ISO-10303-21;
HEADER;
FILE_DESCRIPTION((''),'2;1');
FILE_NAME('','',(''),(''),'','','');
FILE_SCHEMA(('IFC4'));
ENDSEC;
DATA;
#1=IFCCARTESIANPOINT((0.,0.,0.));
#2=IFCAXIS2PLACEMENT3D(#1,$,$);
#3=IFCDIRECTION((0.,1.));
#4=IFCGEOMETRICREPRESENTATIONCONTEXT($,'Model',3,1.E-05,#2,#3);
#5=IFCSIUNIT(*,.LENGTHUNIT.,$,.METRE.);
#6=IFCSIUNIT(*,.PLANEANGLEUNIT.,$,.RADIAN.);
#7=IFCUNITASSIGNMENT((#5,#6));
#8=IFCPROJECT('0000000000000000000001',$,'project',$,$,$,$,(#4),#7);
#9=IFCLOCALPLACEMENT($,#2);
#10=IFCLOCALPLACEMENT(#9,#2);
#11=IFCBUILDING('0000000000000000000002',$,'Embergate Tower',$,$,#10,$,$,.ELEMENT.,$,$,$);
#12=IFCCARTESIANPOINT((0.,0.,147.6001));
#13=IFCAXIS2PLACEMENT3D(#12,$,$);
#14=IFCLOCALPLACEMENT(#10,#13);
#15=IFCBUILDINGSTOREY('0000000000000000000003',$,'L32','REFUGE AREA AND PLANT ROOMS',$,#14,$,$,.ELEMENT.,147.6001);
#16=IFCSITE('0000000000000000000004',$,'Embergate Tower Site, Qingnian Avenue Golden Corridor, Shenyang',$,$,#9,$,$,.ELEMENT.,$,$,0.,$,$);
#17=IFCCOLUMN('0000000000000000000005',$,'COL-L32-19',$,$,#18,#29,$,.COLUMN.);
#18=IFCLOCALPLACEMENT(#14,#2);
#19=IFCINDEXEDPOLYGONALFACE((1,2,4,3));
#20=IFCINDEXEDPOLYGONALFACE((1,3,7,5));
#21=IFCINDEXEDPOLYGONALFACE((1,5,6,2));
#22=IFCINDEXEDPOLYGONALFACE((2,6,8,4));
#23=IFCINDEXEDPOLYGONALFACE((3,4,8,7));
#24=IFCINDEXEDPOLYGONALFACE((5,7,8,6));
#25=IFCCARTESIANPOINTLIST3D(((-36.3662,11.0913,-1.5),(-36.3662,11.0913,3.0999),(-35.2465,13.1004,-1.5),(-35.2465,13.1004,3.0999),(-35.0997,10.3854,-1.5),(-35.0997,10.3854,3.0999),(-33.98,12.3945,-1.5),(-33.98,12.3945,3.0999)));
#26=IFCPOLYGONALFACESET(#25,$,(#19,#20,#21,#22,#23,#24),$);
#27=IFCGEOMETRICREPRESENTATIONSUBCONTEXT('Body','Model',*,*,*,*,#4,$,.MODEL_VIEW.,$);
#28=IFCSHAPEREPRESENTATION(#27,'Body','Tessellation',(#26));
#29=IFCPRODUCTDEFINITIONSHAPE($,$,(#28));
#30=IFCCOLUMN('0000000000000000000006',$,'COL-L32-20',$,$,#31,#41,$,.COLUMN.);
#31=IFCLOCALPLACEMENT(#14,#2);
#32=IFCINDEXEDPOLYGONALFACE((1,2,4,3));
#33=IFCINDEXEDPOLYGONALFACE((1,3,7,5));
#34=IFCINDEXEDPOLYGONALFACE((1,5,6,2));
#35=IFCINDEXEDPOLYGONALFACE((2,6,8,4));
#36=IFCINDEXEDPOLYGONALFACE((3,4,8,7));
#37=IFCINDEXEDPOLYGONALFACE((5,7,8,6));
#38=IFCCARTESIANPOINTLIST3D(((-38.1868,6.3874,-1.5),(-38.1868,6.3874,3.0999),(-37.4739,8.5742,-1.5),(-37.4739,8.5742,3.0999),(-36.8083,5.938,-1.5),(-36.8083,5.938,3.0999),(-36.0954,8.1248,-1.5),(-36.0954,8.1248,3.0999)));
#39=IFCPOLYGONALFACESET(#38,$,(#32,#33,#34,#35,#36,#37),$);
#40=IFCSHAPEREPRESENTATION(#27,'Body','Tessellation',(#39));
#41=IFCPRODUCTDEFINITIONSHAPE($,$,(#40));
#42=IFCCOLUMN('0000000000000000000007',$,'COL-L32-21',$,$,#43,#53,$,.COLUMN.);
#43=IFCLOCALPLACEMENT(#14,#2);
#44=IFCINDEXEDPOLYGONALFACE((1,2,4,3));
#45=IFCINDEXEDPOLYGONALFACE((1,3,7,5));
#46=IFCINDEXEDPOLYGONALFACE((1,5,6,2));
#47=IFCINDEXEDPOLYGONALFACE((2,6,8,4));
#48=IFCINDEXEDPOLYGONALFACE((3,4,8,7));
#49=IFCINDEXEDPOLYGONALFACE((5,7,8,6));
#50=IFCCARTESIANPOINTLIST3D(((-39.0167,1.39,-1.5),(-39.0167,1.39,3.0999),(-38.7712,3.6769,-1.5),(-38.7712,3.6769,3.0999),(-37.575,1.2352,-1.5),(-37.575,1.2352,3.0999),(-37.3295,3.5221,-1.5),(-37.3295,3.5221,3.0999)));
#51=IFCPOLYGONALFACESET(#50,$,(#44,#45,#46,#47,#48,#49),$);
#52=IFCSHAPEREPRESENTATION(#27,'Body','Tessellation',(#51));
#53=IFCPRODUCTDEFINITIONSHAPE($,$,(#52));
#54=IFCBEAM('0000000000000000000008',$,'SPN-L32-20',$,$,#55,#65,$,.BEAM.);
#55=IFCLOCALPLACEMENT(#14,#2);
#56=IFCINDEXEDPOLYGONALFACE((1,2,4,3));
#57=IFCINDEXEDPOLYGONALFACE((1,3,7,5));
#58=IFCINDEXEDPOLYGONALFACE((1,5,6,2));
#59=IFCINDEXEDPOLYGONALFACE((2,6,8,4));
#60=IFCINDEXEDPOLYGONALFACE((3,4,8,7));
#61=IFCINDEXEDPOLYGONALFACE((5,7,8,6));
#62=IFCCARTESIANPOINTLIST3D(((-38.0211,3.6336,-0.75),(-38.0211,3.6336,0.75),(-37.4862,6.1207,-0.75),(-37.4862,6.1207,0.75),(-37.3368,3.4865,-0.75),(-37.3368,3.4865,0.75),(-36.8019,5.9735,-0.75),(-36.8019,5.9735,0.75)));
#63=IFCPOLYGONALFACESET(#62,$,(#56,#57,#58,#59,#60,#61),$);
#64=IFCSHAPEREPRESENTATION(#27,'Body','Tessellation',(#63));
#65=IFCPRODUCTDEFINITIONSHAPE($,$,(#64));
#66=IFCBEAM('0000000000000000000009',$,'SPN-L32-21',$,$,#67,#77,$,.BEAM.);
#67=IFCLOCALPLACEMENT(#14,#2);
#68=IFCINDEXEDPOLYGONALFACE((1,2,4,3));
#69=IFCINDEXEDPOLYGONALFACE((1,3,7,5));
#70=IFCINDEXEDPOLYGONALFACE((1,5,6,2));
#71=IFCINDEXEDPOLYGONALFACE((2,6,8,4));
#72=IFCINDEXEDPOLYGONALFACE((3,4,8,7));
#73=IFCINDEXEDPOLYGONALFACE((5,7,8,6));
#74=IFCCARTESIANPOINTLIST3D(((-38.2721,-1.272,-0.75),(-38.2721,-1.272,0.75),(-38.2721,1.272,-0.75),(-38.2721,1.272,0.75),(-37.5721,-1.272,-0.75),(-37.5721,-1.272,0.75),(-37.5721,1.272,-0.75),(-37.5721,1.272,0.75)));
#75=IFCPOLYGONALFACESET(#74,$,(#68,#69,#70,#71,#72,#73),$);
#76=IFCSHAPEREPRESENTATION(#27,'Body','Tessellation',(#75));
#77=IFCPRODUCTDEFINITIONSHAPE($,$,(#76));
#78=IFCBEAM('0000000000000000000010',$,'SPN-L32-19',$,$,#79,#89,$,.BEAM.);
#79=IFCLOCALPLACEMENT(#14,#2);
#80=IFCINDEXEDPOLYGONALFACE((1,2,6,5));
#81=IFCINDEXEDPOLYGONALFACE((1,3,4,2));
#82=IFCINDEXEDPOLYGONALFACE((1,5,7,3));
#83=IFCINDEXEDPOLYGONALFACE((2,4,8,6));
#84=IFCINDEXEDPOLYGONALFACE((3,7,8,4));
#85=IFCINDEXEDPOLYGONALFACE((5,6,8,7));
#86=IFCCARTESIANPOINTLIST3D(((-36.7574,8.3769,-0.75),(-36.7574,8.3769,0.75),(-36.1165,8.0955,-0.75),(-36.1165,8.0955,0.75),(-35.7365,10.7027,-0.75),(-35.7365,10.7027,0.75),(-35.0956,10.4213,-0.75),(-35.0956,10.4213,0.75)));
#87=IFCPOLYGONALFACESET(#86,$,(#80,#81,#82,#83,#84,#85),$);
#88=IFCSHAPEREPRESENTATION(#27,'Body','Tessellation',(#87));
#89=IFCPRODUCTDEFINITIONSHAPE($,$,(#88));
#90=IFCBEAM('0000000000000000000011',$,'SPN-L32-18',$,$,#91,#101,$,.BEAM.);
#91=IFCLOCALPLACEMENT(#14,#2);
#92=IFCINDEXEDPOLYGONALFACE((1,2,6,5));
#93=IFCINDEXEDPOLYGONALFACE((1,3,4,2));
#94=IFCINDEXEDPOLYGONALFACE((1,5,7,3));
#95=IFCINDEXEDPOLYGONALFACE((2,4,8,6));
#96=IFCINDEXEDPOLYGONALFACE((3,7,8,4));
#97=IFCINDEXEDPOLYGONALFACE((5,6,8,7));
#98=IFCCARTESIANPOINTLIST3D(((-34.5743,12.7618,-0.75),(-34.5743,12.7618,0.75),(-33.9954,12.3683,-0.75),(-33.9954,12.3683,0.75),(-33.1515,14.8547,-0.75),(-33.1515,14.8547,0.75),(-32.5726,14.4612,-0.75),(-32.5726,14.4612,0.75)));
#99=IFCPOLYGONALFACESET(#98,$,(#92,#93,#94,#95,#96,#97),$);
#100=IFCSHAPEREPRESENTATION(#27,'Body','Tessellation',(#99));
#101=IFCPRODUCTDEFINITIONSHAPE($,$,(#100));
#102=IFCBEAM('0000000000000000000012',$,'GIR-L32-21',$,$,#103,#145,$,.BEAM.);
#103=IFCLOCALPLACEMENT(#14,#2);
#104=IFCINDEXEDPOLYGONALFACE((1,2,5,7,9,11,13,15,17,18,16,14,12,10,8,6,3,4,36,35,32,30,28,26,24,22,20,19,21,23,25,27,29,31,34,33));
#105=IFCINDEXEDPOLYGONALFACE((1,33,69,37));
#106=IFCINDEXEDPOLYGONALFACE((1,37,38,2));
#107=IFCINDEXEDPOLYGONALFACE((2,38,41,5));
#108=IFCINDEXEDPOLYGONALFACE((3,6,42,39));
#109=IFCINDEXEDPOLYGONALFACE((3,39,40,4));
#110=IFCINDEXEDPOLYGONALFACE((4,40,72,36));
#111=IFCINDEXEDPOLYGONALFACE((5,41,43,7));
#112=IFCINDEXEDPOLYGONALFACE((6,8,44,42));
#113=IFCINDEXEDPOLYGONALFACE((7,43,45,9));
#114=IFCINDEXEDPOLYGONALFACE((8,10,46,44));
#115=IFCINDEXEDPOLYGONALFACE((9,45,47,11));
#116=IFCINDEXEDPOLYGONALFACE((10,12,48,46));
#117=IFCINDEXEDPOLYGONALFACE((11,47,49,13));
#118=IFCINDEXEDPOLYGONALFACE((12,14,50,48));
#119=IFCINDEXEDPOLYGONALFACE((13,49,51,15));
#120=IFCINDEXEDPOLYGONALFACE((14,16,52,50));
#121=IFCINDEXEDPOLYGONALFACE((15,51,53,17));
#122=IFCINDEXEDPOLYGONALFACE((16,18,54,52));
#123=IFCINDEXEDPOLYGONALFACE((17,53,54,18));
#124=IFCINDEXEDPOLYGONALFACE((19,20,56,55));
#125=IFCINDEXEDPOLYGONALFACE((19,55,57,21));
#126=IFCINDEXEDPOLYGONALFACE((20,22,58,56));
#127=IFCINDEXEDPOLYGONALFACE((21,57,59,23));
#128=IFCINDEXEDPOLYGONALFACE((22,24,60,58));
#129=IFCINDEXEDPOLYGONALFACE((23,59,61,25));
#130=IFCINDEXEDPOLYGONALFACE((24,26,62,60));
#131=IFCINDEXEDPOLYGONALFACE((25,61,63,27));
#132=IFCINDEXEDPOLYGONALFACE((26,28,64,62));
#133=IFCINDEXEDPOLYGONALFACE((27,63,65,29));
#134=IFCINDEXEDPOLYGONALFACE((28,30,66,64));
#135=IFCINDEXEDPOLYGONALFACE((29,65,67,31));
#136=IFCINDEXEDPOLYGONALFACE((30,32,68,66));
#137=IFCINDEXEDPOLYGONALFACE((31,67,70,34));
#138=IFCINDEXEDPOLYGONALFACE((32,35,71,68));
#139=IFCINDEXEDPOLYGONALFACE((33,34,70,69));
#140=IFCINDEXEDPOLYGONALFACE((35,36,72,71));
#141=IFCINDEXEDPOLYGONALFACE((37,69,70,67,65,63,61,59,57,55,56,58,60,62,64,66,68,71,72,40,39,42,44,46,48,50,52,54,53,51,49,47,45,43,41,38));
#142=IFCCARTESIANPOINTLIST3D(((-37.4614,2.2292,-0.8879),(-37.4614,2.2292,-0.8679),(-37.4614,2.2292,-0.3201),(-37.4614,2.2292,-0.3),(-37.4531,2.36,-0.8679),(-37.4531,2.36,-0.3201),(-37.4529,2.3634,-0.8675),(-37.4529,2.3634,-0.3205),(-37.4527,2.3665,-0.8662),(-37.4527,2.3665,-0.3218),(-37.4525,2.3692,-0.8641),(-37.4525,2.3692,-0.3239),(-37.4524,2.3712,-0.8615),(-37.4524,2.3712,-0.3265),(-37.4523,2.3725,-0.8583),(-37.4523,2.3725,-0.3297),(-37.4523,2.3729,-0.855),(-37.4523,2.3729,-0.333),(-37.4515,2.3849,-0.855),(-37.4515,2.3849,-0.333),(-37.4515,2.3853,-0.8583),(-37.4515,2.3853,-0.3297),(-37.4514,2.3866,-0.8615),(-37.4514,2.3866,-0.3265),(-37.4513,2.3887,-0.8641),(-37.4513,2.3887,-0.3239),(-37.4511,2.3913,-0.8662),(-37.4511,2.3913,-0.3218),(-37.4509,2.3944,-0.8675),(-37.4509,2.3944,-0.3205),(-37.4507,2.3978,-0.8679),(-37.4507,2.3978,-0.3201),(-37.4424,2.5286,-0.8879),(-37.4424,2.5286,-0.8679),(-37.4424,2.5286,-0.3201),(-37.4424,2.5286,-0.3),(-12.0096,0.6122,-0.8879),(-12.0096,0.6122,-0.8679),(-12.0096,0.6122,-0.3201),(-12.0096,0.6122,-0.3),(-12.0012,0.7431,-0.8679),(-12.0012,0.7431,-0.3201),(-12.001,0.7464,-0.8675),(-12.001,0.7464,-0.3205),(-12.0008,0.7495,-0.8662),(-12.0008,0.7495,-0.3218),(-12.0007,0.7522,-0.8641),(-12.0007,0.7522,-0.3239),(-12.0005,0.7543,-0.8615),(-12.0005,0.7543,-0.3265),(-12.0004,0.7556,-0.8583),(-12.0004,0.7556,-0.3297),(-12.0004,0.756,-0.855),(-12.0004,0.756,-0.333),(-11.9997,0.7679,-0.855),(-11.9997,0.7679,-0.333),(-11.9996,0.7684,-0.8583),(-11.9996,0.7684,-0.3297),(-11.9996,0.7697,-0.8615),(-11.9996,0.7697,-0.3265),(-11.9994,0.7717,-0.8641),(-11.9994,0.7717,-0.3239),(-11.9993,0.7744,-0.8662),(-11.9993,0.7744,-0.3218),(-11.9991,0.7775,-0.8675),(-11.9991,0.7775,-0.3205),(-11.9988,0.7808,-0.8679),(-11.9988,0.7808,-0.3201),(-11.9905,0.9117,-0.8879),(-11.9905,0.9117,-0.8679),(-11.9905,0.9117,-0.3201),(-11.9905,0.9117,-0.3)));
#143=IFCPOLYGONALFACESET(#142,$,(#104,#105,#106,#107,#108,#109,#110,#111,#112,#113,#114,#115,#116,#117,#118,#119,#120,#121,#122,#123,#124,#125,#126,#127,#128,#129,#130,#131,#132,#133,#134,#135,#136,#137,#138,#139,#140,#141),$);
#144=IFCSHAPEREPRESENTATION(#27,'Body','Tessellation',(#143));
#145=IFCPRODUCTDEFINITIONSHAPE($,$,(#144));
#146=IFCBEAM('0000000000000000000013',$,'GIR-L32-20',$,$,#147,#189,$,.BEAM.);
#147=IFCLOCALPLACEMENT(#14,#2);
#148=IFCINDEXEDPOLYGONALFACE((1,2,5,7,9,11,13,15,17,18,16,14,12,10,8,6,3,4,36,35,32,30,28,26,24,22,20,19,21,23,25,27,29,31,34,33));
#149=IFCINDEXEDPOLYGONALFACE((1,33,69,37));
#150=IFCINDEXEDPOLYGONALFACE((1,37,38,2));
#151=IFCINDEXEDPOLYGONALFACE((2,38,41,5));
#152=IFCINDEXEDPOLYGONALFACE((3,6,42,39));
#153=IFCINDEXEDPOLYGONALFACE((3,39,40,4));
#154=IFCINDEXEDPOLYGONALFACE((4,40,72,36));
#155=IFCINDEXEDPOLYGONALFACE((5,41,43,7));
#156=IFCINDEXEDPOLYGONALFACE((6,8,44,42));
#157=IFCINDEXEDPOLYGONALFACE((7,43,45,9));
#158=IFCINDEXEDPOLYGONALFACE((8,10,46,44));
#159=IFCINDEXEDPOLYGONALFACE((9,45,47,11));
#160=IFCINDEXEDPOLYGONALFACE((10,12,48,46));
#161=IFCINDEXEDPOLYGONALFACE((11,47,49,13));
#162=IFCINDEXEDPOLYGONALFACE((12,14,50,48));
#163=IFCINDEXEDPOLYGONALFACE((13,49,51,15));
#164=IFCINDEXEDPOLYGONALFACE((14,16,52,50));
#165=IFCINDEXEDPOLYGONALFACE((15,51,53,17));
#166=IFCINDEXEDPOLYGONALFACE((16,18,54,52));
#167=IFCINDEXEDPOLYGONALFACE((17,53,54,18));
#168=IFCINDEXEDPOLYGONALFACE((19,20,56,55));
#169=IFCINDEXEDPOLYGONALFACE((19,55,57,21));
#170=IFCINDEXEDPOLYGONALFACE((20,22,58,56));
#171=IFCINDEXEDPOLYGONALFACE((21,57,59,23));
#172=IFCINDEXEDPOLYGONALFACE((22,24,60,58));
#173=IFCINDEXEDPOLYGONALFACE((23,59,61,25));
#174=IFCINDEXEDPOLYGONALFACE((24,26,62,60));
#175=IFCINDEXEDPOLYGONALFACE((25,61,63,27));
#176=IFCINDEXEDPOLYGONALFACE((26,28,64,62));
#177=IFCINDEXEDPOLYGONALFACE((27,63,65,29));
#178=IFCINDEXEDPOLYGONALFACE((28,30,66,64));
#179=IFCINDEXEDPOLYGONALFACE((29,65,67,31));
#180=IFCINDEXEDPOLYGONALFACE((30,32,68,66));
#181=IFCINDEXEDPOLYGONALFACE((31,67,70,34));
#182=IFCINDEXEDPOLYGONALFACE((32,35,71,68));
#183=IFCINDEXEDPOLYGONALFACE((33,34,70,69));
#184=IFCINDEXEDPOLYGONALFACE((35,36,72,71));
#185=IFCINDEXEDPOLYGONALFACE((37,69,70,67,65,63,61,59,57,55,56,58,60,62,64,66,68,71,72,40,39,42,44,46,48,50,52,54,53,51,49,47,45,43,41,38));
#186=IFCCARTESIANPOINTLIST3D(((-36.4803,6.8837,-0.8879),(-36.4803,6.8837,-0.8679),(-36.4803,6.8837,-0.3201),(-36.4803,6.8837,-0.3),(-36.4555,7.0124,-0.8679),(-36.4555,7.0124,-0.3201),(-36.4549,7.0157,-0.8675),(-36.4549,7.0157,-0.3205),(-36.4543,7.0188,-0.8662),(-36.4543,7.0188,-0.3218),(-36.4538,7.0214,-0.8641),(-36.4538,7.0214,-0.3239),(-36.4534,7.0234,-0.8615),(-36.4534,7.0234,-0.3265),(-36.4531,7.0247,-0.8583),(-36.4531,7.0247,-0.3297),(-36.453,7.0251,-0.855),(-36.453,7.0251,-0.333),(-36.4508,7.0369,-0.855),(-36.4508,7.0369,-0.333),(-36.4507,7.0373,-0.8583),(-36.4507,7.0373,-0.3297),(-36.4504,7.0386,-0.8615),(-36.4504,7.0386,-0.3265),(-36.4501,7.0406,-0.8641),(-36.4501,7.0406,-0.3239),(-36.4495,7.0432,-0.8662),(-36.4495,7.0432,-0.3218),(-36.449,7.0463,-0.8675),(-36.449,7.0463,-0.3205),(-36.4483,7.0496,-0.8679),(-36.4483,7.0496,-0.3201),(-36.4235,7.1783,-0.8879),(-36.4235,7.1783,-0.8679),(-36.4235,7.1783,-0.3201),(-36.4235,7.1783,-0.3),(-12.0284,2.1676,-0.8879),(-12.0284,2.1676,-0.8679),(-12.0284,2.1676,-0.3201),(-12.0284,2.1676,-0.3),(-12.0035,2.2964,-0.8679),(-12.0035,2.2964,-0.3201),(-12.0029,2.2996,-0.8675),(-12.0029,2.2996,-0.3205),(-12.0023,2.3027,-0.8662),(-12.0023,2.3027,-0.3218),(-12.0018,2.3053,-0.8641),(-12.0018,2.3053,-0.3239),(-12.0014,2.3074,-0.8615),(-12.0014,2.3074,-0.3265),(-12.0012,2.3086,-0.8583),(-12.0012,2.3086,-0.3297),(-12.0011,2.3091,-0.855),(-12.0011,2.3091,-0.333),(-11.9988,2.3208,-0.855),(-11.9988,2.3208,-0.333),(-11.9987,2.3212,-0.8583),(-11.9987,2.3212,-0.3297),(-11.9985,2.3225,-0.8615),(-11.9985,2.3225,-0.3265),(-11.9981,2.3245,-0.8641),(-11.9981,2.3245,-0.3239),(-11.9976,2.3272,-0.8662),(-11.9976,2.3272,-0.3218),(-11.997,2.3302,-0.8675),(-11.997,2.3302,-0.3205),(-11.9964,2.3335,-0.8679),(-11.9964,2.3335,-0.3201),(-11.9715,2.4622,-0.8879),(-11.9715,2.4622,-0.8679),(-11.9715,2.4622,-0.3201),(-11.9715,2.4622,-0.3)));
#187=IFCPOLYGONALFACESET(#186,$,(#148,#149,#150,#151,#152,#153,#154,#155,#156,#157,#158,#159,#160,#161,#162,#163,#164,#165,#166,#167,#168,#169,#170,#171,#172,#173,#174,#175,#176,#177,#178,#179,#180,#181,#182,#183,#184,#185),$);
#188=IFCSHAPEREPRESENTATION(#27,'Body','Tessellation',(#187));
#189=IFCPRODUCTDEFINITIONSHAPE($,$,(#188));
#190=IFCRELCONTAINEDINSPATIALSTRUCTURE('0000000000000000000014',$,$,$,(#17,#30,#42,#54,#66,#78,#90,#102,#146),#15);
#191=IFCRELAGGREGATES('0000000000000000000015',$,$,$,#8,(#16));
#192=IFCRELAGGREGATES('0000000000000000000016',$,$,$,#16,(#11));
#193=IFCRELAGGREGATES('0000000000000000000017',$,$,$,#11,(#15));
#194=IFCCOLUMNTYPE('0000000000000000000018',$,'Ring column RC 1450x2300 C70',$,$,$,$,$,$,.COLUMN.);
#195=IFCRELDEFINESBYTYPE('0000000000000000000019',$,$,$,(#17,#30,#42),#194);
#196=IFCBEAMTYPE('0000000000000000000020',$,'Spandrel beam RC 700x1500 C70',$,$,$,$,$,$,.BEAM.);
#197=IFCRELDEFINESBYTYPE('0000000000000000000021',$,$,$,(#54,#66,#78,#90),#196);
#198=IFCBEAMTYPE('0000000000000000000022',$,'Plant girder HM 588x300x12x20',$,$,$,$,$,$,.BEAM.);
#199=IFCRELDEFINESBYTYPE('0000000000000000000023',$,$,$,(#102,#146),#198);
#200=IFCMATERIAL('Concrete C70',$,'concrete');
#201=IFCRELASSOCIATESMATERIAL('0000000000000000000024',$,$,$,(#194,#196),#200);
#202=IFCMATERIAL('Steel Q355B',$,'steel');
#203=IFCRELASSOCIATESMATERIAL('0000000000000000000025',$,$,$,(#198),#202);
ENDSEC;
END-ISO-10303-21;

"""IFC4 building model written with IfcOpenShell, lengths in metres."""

from ifc_helpers import new_model, si_unit, direction, frame, origin, origin_2d, place, context, subcontext, project, spatial, rectangle, i_section, extrude, source, transform, mapped, material, material_profile, profile_set, type_object, element, save


model = new_model("IFC4")

# Units and contexts
model_context = context("Model", 3, precision=1e-05, world=origin(), true_north=direction((0.0, 1.0)))
body_context = subcontext(model_context, "Body", "Model", "MODEL_VIEW")
ifc_project = project(units=[si_unit("LENGTHUNIT", "METRE"), si_unit("PLANEANGLEUNIT", "RADIAN")], contexts=[model_context])

# Site, building, storey
site_placement = place(None, origin())
site = spatial("IfcSite", under=ifc_project, at=site_placement, Name="Embergate Tower Site, Qingnian Avenue Golden Corridor, Shenyang", CompositionType="ELEMENT", RefElevation=0.0)
building_placement = place(site_placement, origin())
building = spatial("IfcBuilding", under=site, at=building_placement, Name="Embergate Tower", CompositionType="ELEMENT")
storey_placement = place(building_placement, frame((0.0, 0.0, 147.6001)))
storey = spatial("IfcBuildingStorey", under=building, at=storey_placement, Name="L32", Description="REFUGE AREA AND PLANT ROOMS", CompositionType="ELEMENT", Elevation=147.6001)

# Columns
ifc_material_1 = material(Name="Concrete C70", Category="concrete")
ifc_material_profile_1 = material_profile(ifc_material_1, rectangle(XDim=1.45, YDim=2.3, at=origin_2d()), Name="RC 1450x2300")
ifc_profile_set_1 = profile_set([ifc_material_profile_1], Name="Concrete C70")
column_type = type_object("IfcColumnType", Name="Ring column RC 1450x2300 C70", PredefinedType="COLUMN", material=ifc_profile_set_1)
shared_shape_1 = source(origin(), body_context, "Body", "SweptSolid", [
    extrude(rectangle(XDim=1.45, YDim=2.3, at=origin_2d()), origin(), (0.0, 0.0, 1.0), 4.5999),
])
for number, where, z_axis, x_axis, name in (
    (1, (-35.1731, 11.7429, -1.5), (0.0, 0.0, 1.0), (-0.873492, 0.486839, 0.0), "COL-L32-19"),
    (2, (-37.1411, 7.2561, -1.5), (0.0, 0.0, 1.0), (-0.950754, 0.309946, 0.0), "COL-L32-20"),
    (3, (-38.1731, 2.4561, -1.5), (0.0, 0.0, 1.0), (-0.994286, 0.10675, 0.0), "COL-L32-21"),
):
    element("IfcColumn", number, at=place(storey_placement, frame(where, z_axis=z_axis, x_axis=x_axis)), inside=storey, type_object=column_type, Name=name, PredefinedType="COLUMN", context=body_context, shape_type="MappedRepresentation", body=[
        mapped(shared_shape_1, transform((0.0, 0.0, 0.0))),
    ])

# Beams
ifc_material_profile_2 = material_profile(ifc_material_1, rectangle(XDim=0.7, YDim=1.5, at=origin_2d()), Name="RC 700x1500")
ifc_profile_set_2 = profile_set([ifc_material_profile_2], Name="Concrete C70")
beam_type_1 = type_object("IfcBeamType", Name="Spandrel beam RC 700x1500 C70", PredefinedType="BEAM", material=ifc_profile_set_2)
shared_shape_2 = source(origin(), body_context, "Body", "SweptSolid", [
    extrude(rectangle(XDim=0.7, YDim=1.5, at=origin_2d()), origin(), (0.0, 0.0, 1.0), 2.5439),
])
for number, where, z_axis, x_axis, name in (
    (4, (-37.144, 6.0471, 0.0), (-0.21027, -0.977643, 0.0), (0.977643, -0.21027, 0.0), "SPN-L32-20"),
    (5, (-37.9221, 1.272, 0.0), (0.0, -1.0, 0.0), (1.0, 0.0, 0.0), "SPN-L32-21"),
):
    element("IfcBeam", number, at=place(storey_placement, frame(where, z_axis=z_axis, x_axis=x_axis)), inside=storey, type_object=beam_type_1, Name=name, PredefinedType="BEAM", context=body_context, shape_type="MappedRepresentation", body=[
        mapped(shared_shape_2, transform((0.0, 0.0, 0.0))),
    ])
shared_shape_3 = source(origin(), body_context, "Body", "SweptSolid", [
    extrude(rectangle(XDim=0.7, YDim=1.5, at=origin_2d()), origin(), (0.0, 0.0, 1.0), 2.54),
])
beam_1_placement = place(storey_placement, frame((-35.416, 10.562, 0.0), z_axis=(-0.401943, -0.915665, 0.0), x_axis=(0.915665, -0.401943, 0.0)))
element("IfcBeam", 6, at=beam_1_placement, inside=storey, type_object=beam_type_1, Name="SPN-L32-19", PredefinedType="BEAM", context=body_context, shape_type="MappedRepresentation", body=[
    mapped(shared_shape_3, transform((0.0, 0.0, 0.0))),
])
shared_shape_4 = source(origin(), body_context, "Body", "SweptSolid", [
    extrude(rectangle(XDim=0.7, YDim=1.5, at=origin_2d()), origin(), (0.0, 0.0, 1.0), 2.5308),
])
beam_2_placement = place(storey_placement, frame((-32.8621, 14.658, 0.0), z_axis=(-0.562202, -0.827, 0.0), x_axis=(0.827, -0.562202, 0.0)))
element("IfcBeam", 7, at=beam_2_placement, inside=storey, type_object=beam_type_1, Name="SPN-L32-18", PredefinedType="BEAM", context=body_context, shape_type="MappedRepresentation", body=[
    mapped(shared_shape_4, transform((0.0, 0.0, 0.0))),
])
ifc_material_2 = material(Name="Steel Q355B", Category="steel")
ifc_material_profile_3 = material_profile(ifc_material_2, i_section(OverallWidth=0.3, OverallDepth=0.5879, WebThickness=0.012, FlangeThickness=0.02, FilletRadius=0.0129, at=origin_2d()), Name="HM 588x300x12x20")
ifc_profile_set_3 = profile_set([ifc_material_profile_3], Name="Steel Q355 grade B")
beam_type_2 = type_object("IfcBeamType", Name="Plant girder HM 588x300x12x20", PredefinedType="BEAM", material=ifc_profile_set_3)
shared_shape_5 = source(origin(), body_context, "Body", "SweptSolid", [
    extrude(i_section(OverallWidth=0.3, OverallDepth=0.5879, WebThickness=0.012, FlangeThickness=0.02, FilletRadius=0.0129, at=origin_2d()), origin(), (0.0, 0.0, 1.0), 25.5032),
])
beam_3_placement = place(storey_placement, frame((-37.4519, 2.3789, -0.594), z_axis=(0.997988, -0.063402, 0.0), x_axis=(0.063402, 0.997988, 0.0)))
element("IfcBeam", 8, at=beam_3_placement, inside=storey, type_object=beam_type_2, Name="GIR-L32-21", PredefinedType="BEAM", context=body_context, shape_type="MappedRepresentation", body=[
    mapped(shared_shape_5, transform((0.0, 0.0, 0.0))),
])
shared_shape_6 = source(origin(), body_context, "Body", "SweptSolid", [
    extrude(i_section(OverallWidth=0.3, OverallDepth=0.5879, WebThickness=0.012, FlangeThickness=0.02, FilletRadius=0.0129, at=origin_2d()), origin(), (0.0, 0.0, 1.0), 24.9026),
])
beam_4_placement = place(storey_placement, frame((-36.4519, 7.031, -0.594), z_axis=(0.981904, -0.189381, 0.0), x_axis=(0.189381, 0.981904, 0.0)))
element("IfcBeam", 9, at=beam_4_placement, inside=storey, type_object=beam_type_2, Name="GIR-L32-20", PredefinedType="BEAM", context=body_context, shape_type="MappedRepresentation", body=[
    mapped(shared_shape_6, transform((0.0, 0.0, 0.0))),
])

save(model, "model.ifc")
